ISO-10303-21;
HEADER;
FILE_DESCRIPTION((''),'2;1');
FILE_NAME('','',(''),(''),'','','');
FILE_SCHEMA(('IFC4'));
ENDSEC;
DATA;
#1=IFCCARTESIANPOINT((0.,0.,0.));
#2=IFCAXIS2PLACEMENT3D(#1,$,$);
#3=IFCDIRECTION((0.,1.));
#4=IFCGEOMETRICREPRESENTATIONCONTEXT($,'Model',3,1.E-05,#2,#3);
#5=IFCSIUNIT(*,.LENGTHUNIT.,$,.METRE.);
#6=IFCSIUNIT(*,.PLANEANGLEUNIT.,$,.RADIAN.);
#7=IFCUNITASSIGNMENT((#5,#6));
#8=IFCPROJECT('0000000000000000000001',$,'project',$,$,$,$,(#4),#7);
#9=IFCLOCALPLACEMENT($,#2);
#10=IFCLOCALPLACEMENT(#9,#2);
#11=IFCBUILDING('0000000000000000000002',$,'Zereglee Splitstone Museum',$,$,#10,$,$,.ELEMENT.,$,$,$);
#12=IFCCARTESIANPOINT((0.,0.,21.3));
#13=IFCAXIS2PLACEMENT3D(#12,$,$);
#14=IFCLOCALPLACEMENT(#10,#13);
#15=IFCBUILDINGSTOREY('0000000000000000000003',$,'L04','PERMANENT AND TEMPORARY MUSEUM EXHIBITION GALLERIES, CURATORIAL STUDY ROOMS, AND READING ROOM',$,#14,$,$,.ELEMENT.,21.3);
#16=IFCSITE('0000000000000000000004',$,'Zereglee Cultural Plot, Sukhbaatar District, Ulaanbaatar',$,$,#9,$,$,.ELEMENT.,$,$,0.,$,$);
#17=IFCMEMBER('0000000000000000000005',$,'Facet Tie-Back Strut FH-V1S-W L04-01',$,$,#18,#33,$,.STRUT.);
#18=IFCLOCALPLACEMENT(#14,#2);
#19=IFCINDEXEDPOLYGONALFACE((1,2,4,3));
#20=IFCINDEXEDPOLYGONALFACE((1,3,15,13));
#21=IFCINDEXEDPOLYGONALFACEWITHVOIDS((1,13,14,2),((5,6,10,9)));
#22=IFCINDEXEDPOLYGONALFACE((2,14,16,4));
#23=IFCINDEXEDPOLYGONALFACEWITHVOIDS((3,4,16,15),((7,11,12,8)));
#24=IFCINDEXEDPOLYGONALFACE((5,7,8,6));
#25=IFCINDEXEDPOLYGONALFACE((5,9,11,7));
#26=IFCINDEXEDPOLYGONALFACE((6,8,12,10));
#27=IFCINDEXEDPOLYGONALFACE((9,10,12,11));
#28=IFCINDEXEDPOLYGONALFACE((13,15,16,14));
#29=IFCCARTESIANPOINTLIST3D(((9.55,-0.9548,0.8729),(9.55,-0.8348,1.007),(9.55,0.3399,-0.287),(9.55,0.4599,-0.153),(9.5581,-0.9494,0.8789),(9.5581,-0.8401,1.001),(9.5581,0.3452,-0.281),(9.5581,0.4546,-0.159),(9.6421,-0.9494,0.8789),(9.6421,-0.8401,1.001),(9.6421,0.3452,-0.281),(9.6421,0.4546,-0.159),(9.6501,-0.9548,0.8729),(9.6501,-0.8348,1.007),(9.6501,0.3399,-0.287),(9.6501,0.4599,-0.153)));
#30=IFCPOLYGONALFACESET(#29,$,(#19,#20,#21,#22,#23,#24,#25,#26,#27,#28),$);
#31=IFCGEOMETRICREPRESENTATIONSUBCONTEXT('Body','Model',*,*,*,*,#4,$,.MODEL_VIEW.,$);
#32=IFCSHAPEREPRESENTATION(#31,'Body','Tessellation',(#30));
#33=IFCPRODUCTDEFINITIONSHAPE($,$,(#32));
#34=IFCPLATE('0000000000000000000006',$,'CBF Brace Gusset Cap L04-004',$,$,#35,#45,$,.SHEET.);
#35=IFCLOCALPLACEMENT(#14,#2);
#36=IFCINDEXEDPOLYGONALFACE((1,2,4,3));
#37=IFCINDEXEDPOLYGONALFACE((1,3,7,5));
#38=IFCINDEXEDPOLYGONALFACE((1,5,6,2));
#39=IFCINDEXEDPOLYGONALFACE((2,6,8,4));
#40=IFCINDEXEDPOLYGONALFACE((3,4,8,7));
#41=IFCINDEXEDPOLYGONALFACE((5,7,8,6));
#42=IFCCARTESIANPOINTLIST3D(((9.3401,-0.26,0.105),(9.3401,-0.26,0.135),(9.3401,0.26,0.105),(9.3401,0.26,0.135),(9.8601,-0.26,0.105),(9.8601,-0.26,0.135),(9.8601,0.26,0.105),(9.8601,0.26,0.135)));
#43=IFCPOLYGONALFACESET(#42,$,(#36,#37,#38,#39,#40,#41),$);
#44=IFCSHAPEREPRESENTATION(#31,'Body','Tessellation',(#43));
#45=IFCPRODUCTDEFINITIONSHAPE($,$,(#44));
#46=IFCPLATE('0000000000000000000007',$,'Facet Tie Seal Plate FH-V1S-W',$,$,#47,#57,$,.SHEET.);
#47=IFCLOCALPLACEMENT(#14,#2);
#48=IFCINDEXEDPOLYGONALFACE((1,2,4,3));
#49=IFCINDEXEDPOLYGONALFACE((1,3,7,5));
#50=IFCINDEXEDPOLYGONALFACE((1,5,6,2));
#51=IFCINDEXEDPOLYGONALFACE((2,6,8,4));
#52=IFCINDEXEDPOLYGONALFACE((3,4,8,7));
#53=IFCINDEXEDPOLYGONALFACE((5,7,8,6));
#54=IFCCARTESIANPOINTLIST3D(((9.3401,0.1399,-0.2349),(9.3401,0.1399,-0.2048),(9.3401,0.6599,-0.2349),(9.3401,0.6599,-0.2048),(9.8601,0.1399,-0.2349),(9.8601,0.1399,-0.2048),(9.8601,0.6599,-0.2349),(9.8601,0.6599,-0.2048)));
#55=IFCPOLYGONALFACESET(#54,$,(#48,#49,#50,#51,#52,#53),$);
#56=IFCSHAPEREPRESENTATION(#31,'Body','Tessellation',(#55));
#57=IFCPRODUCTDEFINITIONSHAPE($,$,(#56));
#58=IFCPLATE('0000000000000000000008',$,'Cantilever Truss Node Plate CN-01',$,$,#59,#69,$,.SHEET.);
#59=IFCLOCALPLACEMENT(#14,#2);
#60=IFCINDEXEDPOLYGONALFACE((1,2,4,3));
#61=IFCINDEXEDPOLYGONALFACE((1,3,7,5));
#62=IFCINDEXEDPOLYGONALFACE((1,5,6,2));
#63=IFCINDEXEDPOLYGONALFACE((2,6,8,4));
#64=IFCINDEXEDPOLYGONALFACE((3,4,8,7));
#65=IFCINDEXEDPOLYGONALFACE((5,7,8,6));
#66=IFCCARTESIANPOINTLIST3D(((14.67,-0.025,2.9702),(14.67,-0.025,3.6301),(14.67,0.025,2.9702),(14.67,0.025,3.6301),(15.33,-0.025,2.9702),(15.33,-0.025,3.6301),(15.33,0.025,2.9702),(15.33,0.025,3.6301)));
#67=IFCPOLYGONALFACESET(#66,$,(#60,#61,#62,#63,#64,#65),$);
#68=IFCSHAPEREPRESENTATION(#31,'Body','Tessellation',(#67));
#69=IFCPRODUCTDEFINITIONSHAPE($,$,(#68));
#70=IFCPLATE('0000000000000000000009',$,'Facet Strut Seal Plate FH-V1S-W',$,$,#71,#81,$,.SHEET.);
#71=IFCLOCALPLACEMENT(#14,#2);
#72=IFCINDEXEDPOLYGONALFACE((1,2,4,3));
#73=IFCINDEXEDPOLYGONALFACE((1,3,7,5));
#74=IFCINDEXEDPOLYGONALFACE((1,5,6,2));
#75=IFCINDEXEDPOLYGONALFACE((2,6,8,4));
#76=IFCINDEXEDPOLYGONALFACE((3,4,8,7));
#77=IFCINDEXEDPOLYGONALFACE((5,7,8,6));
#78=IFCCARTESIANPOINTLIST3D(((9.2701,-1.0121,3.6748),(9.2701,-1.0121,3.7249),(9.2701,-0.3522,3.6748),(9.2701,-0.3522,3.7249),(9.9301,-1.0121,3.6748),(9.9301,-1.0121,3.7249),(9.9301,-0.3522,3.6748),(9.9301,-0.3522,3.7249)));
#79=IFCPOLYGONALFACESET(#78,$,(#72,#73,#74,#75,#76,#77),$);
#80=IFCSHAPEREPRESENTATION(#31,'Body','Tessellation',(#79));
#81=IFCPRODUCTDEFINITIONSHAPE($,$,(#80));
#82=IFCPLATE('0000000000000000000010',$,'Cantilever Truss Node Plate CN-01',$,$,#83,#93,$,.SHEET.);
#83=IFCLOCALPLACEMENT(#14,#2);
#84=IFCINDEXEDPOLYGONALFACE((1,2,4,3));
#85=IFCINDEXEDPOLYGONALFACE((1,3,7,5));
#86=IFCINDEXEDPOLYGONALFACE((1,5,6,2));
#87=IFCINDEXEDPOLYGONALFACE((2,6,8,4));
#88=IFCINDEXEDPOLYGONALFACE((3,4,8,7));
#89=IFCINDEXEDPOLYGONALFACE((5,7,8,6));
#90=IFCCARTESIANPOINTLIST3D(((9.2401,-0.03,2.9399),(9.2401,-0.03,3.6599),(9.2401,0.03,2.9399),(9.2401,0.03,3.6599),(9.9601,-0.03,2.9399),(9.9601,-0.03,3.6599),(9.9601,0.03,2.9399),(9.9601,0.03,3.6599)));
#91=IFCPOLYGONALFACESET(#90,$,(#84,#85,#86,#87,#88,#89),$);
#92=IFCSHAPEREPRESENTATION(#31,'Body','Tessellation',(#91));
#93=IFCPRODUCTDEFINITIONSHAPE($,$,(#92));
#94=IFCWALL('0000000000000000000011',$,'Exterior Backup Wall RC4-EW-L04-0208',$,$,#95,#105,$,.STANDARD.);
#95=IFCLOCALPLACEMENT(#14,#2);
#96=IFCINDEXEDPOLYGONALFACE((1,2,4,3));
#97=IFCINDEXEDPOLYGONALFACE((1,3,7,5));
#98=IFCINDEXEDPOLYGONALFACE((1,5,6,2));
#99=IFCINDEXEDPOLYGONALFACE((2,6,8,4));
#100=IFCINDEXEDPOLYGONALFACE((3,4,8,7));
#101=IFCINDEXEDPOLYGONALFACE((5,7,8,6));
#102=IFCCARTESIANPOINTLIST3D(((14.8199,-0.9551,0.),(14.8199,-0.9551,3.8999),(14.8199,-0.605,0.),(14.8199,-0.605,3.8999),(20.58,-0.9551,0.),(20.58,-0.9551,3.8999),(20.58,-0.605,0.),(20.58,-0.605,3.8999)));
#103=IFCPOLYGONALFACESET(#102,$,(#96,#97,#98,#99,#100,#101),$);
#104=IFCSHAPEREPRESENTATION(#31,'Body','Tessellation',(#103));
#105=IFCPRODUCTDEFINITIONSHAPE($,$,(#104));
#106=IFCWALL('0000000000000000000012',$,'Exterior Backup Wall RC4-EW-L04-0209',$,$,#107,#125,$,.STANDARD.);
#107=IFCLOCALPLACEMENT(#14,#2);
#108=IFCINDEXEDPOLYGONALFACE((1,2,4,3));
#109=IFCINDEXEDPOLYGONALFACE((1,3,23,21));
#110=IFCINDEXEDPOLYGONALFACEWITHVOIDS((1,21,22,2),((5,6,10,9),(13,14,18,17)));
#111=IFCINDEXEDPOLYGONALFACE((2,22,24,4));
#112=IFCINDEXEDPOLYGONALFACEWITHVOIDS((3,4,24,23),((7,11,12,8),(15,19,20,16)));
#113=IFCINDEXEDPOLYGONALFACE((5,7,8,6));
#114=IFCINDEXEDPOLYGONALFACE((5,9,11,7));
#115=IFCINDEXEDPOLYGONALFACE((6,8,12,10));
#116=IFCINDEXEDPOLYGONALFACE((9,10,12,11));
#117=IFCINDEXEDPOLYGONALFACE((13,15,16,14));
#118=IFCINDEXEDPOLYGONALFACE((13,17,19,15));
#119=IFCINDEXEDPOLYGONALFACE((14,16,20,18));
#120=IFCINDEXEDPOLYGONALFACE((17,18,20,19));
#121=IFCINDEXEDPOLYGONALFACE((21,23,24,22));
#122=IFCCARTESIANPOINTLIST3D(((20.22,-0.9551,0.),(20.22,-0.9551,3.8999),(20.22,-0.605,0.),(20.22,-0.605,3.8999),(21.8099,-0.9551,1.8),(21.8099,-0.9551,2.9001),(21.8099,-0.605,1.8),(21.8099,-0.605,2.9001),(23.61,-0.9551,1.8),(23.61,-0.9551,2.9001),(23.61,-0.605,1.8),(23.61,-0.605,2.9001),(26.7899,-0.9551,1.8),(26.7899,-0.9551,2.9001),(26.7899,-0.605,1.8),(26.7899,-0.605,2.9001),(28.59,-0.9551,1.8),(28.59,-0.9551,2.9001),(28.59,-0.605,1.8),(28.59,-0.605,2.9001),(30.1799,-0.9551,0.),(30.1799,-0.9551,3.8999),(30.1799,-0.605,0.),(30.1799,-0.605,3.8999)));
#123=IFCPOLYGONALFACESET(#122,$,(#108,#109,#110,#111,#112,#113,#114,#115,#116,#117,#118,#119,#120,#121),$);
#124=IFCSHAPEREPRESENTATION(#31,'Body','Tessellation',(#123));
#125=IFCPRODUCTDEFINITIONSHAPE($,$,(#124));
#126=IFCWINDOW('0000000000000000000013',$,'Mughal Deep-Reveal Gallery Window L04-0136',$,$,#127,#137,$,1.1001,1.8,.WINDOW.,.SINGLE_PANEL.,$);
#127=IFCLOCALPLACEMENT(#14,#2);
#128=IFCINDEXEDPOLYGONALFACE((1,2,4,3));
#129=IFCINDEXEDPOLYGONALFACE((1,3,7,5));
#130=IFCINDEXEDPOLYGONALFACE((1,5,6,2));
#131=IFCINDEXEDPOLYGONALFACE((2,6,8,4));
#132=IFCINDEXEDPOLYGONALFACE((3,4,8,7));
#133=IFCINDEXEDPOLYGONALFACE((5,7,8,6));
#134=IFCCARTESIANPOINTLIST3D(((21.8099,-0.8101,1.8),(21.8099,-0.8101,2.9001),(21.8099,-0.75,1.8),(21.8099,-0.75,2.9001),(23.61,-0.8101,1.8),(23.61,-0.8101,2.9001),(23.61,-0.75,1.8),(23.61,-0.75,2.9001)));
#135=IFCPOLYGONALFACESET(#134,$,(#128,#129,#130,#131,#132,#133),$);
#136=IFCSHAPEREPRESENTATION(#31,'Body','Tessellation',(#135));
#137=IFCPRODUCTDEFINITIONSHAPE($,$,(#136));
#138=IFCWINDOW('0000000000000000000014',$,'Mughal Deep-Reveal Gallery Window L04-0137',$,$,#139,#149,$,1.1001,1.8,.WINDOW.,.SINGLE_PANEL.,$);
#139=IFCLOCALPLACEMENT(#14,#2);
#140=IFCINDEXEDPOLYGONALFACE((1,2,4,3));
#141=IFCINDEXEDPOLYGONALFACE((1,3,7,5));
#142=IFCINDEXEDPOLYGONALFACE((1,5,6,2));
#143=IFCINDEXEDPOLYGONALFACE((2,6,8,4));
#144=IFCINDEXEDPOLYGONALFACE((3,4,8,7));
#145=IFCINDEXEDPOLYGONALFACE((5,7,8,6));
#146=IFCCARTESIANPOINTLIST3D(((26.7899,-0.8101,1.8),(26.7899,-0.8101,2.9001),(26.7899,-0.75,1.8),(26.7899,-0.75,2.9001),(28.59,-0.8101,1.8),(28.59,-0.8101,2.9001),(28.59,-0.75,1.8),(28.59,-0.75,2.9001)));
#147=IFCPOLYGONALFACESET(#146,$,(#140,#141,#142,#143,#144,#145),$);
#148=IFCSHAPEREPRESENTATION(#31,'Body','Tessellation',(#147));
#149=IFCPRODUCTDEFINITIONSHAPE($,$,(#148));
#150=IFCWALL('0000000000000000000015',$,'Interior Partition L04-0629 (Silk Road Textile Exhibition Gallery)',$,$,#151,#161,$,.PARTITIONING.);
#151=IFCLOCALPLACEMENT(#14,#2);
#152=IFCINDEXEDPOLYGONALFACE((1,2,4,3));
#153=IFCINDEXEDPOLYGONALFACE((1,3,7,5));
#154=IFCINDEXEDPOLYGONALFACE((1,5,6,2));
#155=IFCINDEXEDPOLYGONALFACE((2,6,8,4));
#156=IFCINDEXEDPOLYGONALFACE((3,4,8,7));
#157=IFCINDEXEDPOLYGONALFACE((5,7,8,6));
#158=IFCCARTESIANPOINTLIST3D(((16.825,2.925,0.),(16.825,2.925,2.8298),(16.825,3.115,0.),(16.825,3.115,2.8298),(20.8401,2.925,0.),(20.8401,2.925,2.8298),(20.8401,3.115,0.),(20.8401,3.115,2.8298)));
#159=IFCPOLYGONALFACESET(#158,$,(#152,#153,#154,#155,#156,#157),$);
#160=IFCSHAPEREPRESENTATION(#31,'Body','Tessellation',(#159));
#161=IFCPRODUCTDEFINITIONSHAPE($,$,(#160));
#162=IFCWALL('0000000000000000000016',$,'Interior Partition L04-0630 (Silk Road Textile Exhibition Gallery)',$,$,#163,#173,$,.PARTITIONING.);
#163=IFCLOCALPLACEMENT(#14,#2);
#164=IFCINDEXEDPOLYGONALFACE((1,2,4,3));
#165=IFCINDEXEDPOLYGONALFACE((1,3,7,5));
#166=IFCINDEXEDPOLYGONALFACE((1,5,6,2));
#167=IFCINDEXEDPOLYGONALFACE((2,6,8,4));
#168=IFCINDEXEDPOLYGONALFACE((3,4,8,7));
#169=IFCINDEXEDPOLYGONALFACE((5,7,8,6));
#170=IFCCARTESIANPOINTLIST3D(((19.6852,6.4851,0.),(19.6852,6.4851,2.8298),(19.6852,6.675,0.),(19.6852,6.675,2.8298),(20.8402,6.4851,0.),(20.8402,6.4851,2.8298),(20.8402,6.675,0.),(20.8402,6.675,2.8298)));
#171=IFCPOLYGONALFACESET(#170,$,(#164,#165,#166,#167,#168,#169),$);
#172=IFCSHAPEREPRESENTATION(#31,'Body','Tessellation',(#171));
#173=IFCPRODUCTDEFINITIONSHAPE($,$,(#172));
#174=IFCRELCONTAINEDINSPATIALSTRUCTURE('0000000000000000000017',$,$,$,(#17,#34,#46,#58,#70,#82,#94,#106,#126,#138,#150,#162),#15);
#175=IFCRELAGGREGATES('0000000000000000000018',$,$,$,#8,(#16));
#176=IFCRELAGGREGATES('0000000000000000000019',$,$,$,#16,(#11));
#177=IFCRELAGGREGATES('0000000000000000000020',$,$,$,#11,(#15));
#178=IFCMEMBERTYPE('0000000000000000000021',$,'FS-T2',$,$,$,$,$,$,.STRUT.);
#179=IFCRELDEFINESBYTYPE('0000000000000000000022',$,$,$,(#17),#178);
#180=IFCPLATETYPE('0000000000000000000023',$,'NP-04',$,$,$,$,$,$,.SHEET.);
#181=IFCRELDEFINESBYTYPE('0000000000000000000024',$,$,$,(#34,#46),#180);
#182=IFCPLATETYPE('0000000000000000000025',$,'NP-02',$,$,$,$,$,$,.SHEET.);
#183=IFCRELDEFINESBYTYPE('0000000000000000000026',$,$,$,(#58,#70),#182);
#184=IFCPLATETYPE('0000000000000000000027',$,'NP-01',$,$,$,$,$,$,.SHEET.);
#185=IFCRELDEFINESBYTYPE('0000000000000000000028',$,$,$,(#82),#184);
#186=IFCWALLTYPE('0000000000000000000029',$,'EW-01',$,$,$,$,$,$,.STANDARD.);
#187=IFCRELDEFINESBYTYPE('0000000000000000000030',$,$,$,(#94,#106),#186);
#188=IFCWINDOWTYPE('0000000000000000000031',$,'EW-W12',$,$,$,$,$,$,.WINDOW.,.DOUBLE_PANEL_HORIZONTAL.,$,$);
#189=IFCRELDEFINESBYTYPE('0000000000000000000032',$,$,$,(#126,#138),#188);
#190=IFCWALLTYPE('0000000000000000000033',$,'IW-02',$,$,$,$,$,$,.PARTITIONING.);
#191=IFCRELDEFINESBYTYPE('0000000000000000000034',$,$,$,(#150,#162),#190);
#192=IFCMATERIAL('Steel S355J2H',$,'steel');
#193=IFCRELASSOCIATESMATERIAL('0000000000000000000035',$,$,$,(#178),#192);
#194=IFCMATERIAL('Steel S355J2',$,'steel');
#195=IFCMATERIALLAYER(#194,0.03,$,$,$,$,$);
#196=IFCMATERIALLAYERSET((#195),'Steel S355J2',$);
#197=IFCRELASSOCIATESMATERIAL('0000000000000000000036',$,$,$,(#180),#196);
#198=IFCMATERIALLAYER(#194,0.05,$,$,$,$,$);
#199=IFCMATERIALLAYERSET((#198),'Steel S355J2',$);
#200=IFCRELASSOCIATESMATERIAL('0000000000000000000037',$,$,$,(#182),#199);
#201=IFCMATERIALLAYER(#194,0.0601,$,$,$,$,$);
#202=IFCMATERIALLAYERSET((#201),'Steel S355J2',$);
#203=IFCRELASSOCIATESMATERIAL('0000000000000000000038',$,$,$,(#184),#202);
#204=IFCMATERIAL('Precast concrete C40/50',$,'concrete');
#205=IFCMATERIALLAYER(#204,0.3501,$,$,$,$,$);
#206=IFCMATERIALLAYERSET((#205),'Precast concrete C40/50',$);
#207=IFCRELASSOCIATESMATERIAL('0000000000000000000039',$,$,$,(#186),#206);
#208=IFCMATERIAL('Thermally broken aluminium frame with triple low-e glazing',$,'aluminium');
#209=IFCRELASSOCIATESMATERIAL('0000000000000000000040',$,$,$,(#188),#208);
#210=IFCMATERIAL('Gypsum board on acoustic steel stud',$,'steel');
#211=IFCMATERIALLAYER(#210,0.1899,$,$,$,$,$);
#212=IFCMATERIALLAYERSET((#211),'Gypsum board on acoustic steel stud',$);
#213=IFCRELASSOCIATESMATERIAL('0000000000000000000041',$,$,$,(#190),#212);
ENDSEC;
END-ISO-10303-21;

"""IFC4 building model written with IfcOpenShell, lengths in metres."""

from ifc_helpers import new_model, si_unit, direction, frame, frame_2d, origin, origin_2d, place, context, subcontext, project, spatial, rectangle, hollow_rectangle, extrude, material, layer, layer_set, material_profile, profile_set, type_object, element, fill, save


model = new_model("IFC4")

# Units and contexts
model_context = context("Model", 3, precision=1e-05, world=origin(), true_north=direction((0.0, 1.0)))
body_context = subcontext(model_context, "Body", "Model", "MODEL_VIEW")
ifc_project = project(units=[si_unit("LENGTHUNIT", "METRE"), si_unit("PLANEANGLEUNIT", "RADIAN")], contexts=[model_context])

# Site, building, storey
site_placement = place(None, origin())
site = spatial("IfcSite", under=ifc_project, at=site_placement, Name="Zereglee Cultural Plot, Sukhbaatar District, Ulaanbaatar", CompositionType="ELEMENT", RefElevation=0.0)
building_placement = place(site_placement, origin())
building = spatial("IfcBuilding", under=site, at=building_placement, Name="Zereglee Splitstone Museum", CompositionType="ELEMENT")
storey_placement = place(building_placement, frame((0.0, 0.0, 21.3)))
storey = spatial("IfcBuildingStorey", under=building, at=storey_placement, Name="L04", Description="PERMANENT AND TEMPORARY MUSEUM EXHIBITION GALLERIES, CURATORIAL STUDY ROOMS, AND READING ROOM", CompositionType="ELEMENT", Elevation=21.3)

# Shared definitions
ifc_material_1 = material(Name="Steel S355J2H", Category="steel")

# Shared definitions
ifc_material_2 = material(Name="Steel S355J2", Category="steel")

# Member
ifc_material_profile_1 = material_profile(ifc_material_1, hollow_rectangle(XDim=0.1001, YDim=0.1799, WallThickness=0.0081, at=origin_2d()), Name="RHS 180x100x8")
ifc_profile_set_1 = profile_set([ifc_material_profile_1], Name="Steel S355J2H")
member_type_1 = type_object("IfcMemberType", Name="FS-T2", PredefinedType="STRUT", material=ifc_profile_set_1)
member_1_placement = place(storey_placement, frame((9.6001, 0.3999, -0.22), z_axis=(0.0, -0.744808, 0.667279), x_axis=(1.0, 0.0, 0.0)))
element("IfcMember", 1, at=member_1_placement, inside=storey, type_object=member_type_1, Name="Facet Tie-Back Strut FH-V1S-W L04-01", PredefinedType="STRUT", context=body_context, shape_type="SweptSolid", body=[
    extrude(hollow_rectangle(XDim=0.1001, YDim=0.1799, WallThickness=0.0081, at=origin_2d()), origin(), (0.0, 0.0, 1.0), 1.7383),
])

# Plates
ifc_layer_1 = layer(ifc_material_2, 0.03)
ifc_layer_set_1 = layer_set([ifc_layer_1], Name="Steel S355J2")
plate_type_1 = type_object("IfcPlateType", Name="NP-04", PredefinedType="SHEET", material=ifc_layer_set_1)
for number, where, z_axis, x_axis, name in (
    (2, (9.6001, 0.0, 0.105), (0.0, 0.0, 1.0), (1.0, 0.0, 0.0), "CBF Brace Gusset Cap L04-004"),
    (3, (9.6001, 0.3999, -0.2349), (0.0, 0.0, 1.0), (1.0, 0.0, 0.0), "Facet Tie Seal Plate FH-V1S-W"),
):
    element("IfcPlate", number, at=place(storey_placement, frame(where, z_axis=z_axis, x_axis=x_axis)), inside=storey, type_object=plate_type_1, Name=name, PredefinedType="SHEET", context=body_context, shape_type="SweptSolid", body=[
        extrude(rectangle(XDim=0.52, YDim=0.52, at=origin_2d()), origin(), (0.0, 0.0, 1.0), 0.03),
    ])
ifc_layer_2 = layer(ifc_material_2, 0.05)
ifc_layer_set_2 = layer_set([ifc_layer_2], Name="Steel S355J2")
plate_type_2 = type_object("IfcPlateType", Name="NP-02", PredefinedType="SHEET", material=ifc_layer_set_2)
plate_1_placement = place(storey_placement, frame((15.0, 0.0, 2.9702), z_axis=(0.0, 0.0, 1.0), x_axis=(1.0, 0.0, 0.0)))
element("IfcPlate", 4, at=plate_1_placement, inside=storey, type_object=plate_type_2, Name="Cantilever Truss Node Plate CN-01", PredefinedType="SHEET", context=body_context, shape_type="SweptSolid", body=[
    extrude(rectangle(XDim=0.6599, YDim=0.05, at=origin_2d()), origin(), (0.0, 0.0, 1.0), 0.6599),
])
plate_2_placement = place(storey_placement, frame((9.6001, -0.6821, 3.6748), z_axis=(0.0, 0.0, 1.0), x_axis=(1.0, 0.0, 0.0)))
element("IfcPlate", 5, at=plate_2_placement, inside=storey, type_object=plate_type_2, Name="Facet Strut Seal Plate FH-V1S-W", PredefinedType="SHEET", context=body_context, shape_type="SweptSolid", body=[
    extrude(rectangle(XDim=0.6599, YDim=0.6599, at=origin_2d()), origin(), (0.0, 0.0, 1.0), 0.05),
])
ifc_layer_3 = layer(ifc_material_2, 0.0601)
ifc_layer_set_3 = layer_set([ifc_layer_3], Name="Steel S355J2")
plate_type_3 = type_object("IfcPlateType", Name="NP-01", PredefinedType="SHEET", material=ifc_layer_set_3)
plate_3_placement = place(storey_placement, frame((9.6001, 0.0, 2.9399), z_axis=(0.0, 0.0, 1.0), x_axis=(1.0, 0.0, 0.0)))
element("IfcPlate", 6, at=plate_3_placement, inside=storey, type_object=plate_type_3, Name="Cantilever Truss Node Plate CN-01", PredefinedType="SHEET", context=body_context, shape_type="SweptSolid", body=[
    extrude(rectangle(XDim=0.72, YDim=0.0601, at=origin_2d()), origin(), (0.0, 0.0, 1.0), 0.72),
])

# Wall
ifc_material_3 = material(Name="Precast concrete C40/50", Category="concrete")
ifc_layer_4 = layer(ifc_material_3, 0.3501)
ifc_layer_set_4 = layer_set([ifc_layer_4], Name="Precast concrete C40/50")
wall_type_1 = type_object("IfcWallType", Name="EW-01", PredefinedType="STANDARD", material=ifc_layer_set_4)
wall_1_placement = place(storey_placement, frame((14.8201, -0.78, 0.0), z_axis=(0.0, 0.0, 1.0), x_axis=(1.0, 0.0, 0.0)))
element("IfcWall", 7, at=wall_1_placement, inside=storey, type_object=wall_type_1, Name="Exterior Backup Wall RC4-EW-L04-0208", PredefinedType="STANDARD", context=body_context, shape_type="SweptSolid", body=[
    extrude(rectangle(XDim=5.76, YDim=0.3501, at=frame_2d((2.8799, 0.0))), origin(), (0.0, 0.0, 1.0), 3.8999),
])

# Wall, openings, windows
wall_2_placement = place(storey_placement, frame((20.22, -0.78, 0.0), z_axis=(0.0, 0.0, 1.0), x_axis=(1.0, 0.0, 0.0)))
wall_2 = element("IfcWall", 8, at=wall_2_placement, inside=storey, type_object=wall_type_1, Name="Exterior Backup Wall RC4-EW-L04-0209", PredefinedType="STANDARD", context=body_context, shape_type="SweptSolid", body=[
    extrude(rectangle(XDim=9.96, YDim=0.3501, at=frame_2d((4.98, 0.0))), origin(), (0.0, 0.0, 1.0), 3.8999),
])
opening_1_placement = place(wall_2_placement, frame((1.5901, 0.0, 1.8)))
opening_1 = element("IfcOpeningElement", 9, at=opening_1_placement, cuts=wall_2, PredefinedType="OPENING", context=body_context, shape_type="SweptSolid", body=[
    extrude(rectangle(XDim=1.8, YDim=1.1001, at=frame_2d((0.8999, 0.55))), frame((0.0, 0.1899, 0.0), z_axis=(0.0, -1.0, 0.0), x_axis=(1.0, 0.0, 0.0)), (0.0, 0.0, 1.0), 0.3799),
])
opening_2_placement = place(wall_2_placement, frame((6.5701, 0.0, 1.8)))
opening_2 = element("IfcOpeningElement", 10, at=opening_2_placement, cuts=wall_2, PredefinedType="OPENING", context=body_context, shape_type="SweptSolid", body=[
    extrude(rectangle(XDim=1.8, YDim=1.1001, at=frame_2d((0.8999, 0.55))), frame((0.0, 0.1899, 0.0), z_axis=(0.0, -1.0, 0.0), x_axis=(1.0, 0.0, 0.0)), (0.0, 0.0, 1.0), 0.3799),
])
ifc_material_4 = material(Name="Thermally broken aluminium frame with triple low-e glazing", Category="aluminium")
window_type = type_object("IfcWindowType", Name="EW-W12", PartitioningType="DOUBLE_PANEL_HORIZONTAL", PredefinedType="WINDOW", material=ifc_material_4)
window_1_placement = place(opening_1_placement, origin())
window_1 = element("IfcWindow", 11, at=window_1_placement, inside=storey, type_object=window_type, Name="Mughal Deep-Reveal Gallery Window L04-0136", OverallHeight=1.1001, OverallWidth=1.8, PartitioningType="SINGLE_PANEL", PredefinedType="WINDOW", context=body_context, shape_type="SweptSolid", body=[
    extrude(rectangle(XDim=1.8, YDim=1.1001, at=frame_2d((0.8999, 0.55))), frame((0.0, 0.03, 0.0), z_axis=(0.0, -1.0, 0.0), x_axis=(1.0, 0.0, 0.0)), (0.0, 0.0, 1.0), 0.0601),
])
fill(opening_1, window_1)
window_2_placement = place(opening_2_placement, origin())
window_2 = element("IfcWindow", 12, at=window_2_placement, inside=storey, type_object=window_type, Name="Mughal Deep-Reveal Gallery Window L04-0137", OverallHeight=1.1001, OverallWidth=1.8, PartitioningType="SINGLE_PANEL", PredefinedType="WINDOW", context=body_context, shape_type="SweptSolid", body=[
    extrude(rectangle(XDim=1.8, YDim=1.1001, at=frame_2d((0.8999, 0.55))), frame((0.0, 0.03, 0.0), z_axis=(0.0, -1.0, 0.0), x_axis=(1.0, 0.0, 0.0)), (0.0, 0.0, 1.0), 0.0601),
])
fill(opening_2, window_2)

# Walls
ifc_material_5 = material(Name="Gypsum board on acoustic steel stud", Category="steel")
ifc_layer_5 = layer(ifc_material_5, 0.1899)
ifc_layer_set_5 = layer_set([ifc_layer_5], Name="Gypsum board on acoustic steel stud")
wall_type_2 = type_object("IfcWallType", Name="IW-02", PredefinedType="PARTITIONING", material=ifc_layer_set_5)
wall_3_placement = place(storey_placement, frame((16.825, 3.02, 0.0), z_axis=(0.0, 0.0, 1.0), x_axis=(1.0, 0.0, 0.0)))
element("IfcWall", 13, at=wall_3_placement, inside=storey, type_object=wall_type_2, Name="Interior Partition L04-0629 (Silk Road Textile Exhibition Gallery)", PredefinedType="PARTITIONING", context=body_context, shape_type="SweptSolid", body=[
    extrude(rectangle(XDim=4.0151, YDim=0.1899, at=frame_2d((2.0076, 0.0))), origin(), (0.0, 0.0, 1.0), 2.8298),
])
wall_4_placement = place(storey_placement, frame((19.6851, 6.5801, 0.0), z_axis=(0.0, 0.0, 1.0), x_axis=(1.0, 0.0, 0.0)))
element("IfcWall", 14, at=wall_4_placement, inside=storey, type_object=wall_type_2, Name="Interior Partition L04-0630 (Silk Road Textile Exhibition Gallery)", PredefinedType="PARTITIONING", context=body_context, shape_type="SweptSolid", body=[
    extrude(rectangle(XDim=1.155, YDim=0.1899, at=frame_2d((0.5776, 0.0))), origin(), (0.0, 0.0, 1.0), 2.8298),
])

save(model, "model.ifc")
